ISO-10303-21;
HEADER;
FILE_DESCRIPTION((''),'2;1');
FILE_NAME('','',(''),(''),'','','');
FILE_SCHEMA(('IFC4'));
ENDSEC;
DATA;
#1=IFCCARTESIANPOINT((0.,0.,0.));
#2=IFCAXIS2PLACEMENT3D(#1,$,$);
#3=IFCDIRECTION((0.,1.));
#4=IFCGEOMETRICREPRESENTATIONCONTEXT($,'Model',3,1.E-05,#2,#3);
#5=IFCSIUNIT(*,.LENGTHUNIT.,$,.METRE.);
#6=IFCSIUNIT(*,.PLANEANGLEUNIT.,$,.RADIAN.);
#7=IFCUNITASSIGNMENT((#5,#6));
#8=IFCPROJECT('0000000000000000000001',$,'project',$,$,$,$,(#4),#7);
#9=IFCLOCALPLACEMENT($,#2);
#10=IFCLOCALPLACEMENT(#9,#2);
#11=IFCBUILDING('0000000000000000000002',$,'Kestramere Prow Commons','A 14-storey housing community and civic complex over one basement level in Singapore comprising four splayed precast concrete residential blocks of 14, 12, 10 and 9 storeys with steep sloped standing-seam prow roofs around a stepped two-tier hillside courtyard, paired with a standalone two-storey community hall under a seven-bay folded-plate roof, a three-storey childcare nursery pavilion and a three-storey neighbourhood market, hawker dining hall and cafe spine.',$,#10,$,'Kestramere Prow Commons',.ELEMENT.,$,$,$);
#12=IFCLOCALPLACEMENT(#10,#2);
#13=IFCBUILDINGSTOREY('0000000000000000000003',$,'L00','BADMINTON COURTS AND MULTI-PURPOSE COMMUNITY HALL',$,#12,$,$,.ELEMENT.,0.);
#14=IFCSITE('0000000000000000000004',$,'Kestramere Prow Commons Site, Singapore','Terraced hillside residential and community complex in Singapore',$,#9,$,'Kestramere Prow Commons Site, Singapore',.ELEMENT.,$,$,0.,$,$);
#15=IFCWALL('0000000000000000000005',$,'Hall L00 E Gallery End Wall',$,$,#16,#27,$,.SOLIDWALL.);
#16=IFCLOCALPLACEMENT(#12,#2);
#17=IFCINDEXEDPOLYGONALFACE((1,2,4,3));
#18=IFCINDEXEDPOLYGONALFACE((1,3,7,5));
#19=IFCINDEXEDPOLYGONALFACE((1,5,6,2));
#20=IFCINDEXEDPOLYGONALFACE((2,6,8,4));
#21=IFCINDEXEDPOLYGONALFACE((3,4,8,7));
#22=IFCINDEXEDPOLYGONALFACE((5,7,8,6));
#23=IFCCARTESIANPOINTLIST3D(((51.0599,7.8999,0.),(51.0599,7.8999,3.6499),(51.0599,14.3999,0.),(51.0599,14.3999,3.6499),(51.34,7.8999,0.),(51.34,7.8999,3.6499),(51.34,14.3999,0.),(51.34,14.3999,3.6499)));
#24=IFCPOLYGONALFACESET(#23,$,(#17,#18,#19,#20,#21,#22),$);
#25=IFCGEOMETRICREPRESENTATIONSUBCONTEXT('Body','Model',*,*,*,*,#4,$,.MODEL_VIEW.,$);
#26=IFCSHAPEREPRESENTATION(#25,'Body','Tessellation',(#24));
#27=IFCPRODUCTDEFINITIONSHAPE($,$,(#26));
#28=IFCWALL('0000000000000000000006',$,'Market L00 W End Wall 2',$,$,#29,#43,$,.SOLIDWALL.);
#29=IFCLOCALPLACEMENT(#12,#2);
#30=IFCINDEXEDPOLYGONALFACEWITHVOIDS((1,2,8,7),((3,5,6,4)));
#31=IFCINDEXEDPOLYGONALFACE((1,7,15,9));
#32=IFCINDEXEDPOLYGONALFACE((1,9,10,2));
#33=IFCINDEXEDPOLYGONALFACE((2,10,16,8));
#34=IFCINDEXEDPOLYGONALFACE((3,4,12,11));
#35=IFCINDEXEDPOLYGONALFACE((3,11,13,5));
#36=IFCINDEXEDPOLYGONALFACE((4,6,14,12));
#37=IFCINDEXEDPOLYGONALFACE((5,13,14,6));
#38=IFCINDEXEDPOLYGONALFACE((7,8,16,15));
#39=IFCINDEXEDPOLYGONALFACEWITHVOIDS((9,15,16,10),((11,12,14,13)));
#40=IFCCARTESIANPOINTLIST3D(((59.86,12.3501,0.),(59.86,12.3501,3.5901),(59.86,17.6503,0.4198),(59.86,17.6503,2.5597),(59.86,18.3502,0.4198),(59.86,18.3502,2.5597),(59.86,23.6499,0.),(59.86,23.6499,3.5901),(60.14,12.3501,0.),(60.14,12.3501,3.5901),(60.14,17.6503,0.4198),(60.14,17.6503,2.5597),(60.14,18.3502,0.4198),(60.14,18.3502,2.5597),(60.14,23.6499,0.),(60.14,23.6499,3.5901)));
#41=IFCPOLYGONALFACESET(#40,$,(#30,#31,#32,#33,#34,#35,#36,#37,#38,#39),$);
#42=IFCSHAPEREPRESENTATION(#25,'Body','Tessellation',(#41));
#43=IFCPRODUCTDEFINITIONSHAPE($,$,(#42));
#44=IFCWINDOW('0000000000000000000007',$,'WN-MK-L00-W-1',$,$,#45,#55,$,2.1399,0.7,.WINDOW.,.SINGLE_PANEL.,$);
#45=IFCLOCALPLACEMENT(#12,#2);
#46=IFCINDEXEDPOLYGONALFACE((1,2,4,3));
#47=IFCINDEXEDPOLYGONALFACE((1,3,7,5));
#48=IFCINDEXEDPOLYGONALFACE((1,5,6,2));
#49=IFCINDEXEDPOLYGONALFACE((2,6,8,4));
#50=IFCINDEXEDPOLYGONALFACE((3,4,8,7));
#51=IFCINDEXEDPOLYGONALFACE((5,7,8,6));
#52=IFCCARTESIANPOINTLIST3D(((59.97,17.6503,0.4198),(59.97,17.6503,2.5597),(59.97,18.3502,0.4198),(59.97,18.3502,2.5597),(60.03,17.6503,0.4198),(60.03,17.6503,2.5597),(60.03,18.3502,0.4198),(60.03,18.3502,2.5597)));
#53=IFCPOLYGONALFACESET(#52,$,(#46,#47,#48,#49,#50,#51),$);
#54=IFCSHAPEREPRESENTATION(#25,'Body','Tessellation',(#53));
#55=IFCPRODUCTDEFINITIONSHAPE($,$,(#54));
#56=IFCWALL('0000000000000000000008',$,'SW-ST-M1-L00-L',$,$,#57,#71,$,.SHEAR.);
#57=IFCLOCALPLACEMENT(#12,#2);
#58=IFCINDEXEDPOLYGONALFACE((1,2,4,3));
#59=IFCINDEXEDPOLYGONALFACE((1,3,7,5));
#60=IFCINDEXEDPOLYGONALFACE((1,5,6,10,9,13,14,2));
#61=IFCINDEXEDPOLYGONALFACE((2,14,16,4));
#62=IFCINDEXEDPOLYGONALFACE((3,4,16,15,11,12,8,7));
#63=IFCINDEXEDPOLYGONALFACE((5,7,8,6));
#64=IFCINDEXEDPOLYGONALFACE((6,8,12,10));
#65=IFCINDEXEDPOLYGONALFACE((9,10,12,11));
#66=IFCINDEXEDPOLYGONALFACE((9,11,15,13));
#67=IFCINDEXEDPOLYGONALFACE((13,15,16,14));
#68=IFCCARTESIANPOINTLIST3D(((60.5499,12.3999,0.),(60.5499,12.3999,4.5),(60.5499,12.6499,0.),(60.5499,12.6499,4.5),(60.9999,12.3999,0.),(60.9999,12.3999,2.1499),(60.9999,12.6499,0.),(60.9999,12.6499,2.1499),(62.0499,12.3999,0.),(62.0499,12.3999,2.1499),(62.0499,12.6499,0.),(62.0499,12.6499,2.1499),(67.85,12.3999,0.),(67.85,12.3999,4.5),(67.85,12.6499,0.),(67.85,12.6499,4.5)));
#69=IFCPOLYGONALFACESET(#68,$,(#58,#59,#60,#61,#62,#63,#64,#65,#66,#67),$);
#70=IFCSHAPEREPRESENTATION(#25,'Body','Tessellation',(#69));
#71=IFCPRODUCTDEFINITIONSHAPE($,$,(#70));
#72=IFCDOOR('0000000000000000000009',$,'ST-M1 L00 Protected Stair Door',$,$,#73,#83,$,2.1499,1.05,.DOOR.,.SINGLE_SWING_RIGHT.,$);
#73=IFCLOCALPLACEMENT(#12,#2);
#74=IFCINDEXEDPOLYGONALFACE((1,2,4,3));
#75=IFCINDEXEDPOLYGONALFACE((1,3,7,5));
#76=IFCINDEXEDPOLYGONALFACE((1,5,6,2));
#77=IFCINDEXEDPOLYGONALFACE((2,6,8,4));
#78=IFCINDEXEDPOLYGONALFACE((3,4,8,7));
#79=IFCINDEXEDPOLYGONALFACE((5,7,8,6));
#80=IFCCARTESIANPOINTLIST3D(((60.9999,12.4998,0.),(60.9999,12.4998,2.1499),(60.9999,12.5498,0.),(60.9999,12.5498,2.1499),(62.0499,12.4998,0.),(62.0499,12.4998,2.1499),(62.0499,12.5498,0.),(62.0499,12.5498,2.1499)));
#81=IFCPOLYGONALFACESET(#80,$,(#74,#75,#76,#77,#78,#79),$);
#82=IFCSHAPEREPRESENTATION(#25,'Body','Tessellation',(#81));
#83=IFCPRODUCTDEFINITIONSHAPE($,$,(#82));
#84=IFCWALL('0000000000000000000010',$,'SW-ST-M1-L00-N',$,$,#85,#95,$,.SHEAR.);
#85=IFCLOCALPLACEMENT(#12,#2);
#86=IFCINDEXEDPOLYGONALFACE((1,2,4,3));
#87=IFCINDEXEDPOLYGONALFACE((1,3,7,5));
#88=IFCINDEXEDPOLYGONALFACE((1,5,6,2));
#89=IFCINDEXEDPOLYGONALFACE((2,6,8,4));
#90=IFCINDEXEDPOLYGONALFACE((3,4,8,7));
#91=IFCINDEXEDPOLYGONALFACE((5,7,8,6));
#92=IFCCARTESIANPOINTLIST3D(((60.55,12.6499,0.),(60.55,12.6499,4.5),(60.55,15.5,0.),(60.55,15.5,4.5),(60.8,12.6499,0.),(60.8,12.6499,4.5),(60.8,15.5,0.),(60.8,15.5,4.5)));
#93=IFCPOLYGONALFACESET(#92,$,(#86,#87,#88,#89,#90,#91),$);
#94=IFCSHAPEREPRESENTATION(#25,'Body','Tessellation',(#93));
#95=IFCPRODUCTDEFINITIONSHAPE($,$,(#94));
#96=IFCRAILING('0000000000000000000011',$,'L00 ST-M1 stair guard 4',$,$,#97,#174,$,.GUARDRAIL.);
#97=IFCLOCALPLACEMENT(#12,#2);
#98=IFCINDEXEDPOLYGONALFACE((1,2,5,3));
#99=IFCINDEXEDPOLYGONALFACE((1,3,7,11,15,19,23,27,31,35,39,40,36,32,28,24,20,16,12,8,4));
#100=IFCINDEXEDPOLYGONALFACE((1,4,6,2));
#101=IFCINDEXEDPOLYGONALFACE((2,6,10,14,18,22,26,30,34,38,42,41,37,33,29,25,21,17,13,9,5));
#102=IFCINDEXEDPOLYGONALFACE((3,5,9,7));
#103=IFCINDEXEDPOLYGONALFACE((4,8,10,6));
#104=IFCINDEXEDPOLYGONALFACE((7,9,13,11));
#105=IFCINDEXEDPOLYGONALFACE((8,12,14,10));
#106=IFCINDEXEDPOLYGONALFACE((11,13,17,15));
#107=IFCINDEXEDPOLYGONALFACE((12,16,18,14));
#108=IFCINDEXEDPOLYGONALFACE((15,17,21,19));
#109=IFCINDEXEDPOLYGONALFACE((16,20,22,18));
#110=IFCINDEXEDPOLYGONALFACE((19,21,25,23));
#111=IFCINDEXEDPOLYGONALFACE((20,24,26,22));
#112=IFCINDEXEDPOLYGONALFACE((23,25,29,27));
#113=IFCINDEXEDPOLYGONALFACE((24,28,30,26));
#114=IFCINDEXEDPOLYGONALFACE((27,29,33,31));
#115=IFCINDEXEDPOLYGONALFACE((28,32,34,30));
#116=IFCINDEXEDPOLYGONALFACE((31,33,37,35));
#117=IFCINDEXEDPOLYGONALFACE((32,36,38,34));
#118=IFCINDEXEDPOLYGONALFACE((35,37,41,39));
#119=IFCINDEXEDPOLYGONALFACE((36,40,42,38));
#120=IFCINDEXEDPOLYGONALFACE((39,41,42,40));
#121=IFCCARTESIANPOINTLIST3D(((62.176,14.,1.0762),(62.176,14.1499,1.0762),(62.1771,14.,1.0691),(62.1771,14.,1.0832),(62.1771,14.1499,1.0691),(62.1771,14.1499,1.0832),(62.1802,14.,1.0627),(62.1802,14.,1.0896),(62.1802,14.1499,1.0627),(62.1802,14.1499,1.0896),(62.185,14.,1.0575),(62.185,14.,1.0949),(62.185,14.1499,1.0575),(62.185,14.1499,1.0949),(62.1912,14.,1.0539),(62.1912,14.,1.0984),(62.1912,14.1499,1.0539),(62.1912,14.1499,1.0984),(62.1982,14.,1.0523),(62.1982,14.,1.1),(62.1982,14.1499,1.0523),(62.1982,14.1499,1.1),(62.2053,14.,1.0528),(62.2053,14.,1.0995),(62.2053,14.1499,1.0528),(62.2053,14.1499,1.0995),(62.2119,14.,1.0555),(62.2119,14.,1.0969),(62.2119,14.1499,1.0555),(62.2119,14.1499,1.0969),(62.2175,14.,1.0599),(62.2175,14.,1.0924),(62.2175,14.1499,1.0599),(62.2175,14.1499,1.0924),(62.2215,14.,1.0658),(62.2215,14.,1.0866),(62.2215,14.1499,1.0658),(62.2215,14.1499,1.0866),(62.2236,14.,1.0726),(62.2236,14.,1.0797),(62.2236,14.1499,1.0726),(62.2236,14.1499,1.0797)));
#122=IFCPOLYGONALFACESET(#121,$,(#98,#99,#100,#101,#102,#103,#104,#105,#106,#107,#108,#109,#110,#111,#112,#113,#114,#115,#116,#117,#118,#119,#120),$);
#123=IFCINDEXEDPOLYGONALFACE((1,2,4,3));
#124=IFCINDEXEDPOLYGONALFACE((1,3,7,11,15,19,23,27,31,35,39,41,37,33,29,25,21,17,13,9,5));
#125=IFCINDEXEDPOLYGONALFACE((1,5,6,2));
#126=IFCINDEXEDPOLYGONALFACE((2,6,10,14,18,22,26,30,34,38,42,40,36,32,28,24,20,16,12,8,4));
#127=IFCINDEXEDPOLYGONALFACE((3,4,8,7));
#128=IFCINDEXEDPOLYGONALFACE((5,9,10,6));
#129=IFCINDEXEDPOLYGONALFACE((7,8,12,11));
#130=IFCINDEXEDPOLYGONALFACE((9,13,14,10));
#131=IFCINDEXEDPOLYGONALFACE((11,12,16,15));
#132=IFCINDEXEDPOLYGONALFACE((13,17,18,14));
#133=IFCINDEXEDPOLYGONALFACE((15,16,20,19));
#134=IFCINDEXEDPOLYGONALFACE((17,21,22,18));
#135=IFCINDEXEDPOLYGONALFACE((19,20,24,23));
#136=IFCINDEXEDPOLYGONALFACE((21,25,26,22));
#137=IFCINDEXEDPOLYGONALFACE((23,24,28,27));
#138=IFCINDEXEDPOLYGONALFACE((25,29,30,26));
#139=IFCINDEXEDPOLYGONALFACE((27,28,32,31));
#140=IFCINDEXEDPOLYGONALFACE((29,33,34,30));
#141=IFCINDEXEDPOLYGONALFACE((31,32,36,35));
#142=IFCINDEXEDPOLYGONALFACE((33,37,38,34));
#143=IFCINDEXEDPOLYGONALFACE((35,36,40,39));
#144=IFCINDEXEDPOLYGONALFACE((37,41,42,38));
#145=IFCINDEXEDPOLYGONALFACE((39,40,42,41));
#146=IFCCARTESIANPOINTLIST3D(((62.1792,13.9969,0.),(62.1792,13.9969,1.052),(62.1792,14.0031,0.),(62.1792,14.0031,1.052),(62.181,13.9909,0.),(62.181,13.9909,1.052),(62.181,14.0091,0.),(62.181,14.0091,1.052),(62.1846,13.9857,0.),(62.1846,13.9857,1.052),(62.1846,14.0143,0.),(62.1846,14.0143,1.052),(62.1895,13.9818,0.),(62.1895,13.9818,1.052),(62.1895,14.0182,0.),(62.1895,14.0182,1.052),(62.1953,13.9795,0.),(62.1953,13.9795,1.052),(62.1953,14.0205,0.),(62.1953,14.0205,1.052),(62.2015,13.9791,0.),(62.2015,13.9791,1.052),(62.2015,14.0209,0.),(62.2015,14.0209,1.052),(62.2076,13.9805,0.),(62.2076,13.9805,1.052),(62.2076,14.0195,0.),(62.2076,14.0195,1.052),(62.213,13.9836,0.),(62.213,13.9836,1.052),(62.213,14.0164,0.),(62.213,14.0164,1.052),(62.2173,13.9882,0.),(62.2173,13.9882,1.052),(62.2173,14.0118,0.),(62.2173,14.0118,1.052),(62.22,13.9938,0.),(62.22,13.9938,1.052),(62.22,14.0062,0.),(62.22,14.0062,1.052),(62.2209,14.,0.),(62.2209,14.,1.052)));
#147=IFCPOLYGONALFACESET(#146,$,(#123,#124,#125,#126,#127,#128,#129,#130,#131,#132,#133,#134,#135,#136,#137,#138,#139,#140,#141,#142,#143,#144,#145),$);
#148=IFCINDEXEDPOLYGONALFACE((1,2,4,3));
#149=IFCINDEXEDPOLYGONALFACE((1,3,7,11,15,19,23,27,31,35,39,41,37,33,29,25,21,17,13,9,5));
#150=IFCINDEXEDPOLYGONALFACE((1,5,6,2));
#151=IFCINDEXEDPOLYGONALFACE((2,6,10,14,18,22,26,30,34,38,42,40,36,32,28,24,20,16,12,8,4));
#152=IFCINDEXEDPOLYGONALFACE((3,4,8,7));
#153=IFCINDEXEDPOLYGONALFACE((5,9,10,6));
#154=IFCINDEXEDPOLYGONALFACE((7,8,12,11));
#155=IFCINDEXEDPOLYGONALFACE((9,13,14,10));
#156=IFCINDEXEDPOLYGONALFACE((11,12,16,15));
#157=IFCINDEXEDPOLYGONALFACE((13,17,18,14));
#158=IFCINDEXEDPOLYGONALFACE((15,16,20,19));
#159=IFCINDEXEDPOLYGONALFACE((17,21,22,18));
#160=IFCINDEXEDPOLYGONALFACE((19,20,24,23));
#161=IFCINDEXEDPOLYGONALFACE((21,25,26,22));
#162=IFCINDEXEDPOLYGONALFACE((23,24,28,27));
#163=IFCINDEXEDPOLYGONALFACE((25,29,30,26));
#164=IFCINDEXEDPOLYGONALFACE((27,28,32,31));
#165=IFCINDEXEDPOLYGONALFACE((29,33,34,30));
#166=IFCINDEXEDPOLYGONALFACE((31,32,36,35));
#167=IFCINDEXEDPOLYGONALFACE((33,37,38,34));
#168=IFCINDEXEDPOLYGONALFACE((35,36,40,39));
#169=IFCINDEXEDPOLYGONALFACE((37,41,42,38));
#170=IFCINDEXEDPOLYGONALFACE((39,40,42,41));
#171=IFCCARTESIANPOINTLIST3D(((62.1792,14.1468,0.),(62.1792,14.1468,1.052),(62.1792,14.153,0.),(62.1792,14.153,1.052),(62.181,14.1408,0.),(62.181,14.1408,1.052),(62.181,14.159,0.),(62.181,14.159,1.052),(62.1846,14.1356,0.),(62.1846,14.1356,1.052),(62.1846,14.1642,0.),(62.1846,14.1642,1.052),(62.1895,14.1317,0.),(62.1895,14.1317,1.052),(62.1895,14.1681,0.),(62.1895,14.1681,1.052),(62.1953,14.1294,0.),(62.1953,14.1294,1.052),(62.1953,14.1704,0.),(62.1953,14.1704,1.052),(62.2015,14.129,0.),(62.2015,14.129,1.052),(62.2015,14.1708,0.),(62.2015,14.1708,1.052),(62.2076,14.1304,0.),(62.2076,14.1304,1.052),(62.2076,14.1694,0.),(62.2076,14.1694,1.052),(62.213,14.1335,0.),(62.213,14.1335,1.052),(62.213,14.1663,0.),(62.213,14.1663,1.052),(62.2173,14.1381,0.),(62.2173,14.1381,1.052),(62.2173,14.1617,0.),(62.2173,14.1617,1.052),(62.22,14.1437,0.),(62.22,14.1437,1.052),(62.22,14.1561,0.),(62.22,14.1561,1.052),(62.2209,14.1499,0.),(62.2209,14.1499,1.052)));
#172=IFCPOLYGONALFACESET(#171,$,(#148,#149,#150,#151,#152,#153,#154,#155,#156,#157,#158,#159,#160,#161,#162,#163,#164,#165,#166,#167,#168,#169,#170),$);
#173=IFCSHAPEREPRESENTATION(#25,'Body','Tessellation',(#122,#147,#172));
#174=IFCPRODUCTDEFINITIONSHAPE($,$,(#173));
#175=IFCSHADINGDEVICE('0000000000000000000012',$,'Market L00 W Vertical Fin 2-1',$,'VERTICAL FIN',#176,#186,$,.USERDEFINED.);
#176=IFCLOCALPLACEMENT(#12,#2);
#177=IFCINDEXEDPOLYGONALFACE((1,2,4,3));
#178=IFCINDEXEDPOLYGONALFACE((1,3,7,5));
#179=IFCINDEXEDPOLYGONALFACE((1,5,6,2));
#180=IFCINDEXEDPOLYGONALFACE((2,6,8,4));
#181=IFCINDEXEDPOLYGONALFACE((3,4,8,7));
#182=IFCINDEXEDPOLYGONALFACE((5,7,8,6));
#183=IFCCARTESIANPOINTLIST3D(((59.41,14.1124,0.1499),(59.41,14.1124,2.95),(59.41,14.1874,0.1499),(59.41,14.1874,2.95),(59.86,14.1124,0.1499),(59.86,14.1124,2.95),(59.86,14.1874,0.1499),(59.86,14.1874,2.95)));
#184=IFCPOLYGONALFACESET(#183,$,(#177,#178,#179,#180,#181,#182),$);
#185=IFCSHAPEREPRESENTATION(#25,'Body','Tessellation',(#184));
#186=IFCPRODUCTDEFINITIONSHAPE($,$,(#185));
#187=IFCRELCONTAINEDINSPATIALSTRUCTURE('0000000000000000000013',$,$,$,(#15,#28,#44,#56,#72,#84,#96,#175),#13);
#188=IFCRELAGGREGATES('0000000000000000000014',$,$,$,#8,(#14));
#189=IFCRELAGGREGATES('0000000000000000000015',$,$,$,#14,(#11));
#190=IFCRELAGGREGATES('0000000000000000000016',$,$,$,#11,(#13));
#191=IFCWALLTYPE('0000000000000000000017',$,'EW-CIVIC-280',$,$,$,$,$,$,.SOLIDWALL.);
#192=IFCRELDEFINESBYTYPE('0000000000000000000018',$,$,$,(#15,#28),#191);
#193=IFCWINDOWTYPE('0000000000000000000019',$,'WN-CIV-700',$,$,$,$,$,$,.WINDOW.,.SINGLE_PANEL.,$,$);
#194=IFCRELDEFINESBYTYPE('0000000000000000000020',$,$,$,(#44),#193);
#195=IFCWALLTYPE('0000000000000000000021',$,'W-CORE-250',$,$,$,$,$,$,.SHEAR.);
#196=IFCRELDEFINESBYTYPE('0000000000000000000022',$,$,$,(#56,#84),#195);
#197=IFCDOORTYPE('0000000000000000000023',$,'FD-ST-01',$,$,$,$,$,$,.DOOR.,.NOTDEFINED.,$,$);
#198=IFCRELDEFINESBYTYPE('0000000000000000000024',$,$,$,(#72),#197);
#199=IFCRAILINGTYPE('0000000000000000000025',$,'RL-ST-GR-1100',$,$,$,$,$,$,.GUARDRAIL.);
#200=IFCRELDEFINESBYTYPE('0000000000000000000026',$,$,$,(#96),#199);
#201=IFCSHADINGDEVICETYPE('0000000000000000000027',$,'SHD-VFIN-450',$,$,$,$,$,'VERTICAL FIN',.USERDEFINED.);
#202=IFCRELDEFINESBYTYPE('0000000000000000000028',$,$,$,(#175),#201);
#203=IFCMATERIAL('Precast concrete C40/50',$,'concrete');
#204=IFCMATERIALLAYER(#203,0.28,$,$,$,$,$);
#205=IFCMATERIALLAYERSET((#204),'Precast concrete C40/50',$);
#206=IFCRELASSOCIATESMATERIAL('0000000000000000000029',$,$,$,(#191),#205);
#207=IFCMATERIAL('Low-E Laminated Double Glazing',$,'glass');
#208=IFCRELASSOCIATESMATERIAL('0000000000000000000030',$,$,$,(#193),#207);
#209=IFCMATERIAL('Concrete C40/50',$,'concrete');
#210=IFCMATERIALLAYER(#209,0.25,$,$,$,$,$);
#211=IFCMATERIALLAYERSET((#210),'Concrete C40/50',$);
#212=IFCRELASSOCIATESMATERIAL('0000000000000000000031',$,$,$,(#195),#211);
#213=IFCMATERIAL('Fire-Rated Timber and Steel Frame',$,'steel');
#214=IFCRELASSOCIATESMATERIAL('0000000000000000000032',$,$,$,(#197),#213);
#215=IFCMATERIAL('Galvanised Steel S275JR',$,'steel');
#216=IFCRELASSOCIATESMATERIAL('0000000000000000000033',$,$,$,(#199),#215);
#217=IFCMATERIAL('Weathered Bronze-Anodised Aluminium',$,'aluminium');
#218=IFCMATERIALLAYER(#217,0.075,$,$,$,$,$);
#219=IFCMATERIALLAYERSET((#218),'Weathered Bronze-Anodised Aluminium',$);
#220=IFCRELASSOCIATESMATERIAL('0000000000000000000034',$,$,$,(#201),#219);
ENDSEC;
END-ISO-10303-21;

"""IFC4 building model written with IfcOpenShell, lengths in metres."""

from ifc_helpers import new_model, si_unit, direction, frame, frame_2d, origin, origin_2d, place, context, subcontext, project, spatial, rectangle, circle, extrude, material, layer, layer_set, type_object, element, fill, save


model = new_model("IFC4")

# Units and contexts
model_context = context("Model", 3, precision=1e-05, world=origin(), true_north=direction((0.0, 1.0)))
body_context = subcontext(model_context, "Body", "Model", "MODEL_VIEW")
ifc_project = project(units=[si_unit("LENGTHUNIT", "METRE"), si_unit("PLANEANGLEUNIT", "RADIAN")], contexts=[model_context])

# Site, building, storey
site_placement = place(None, origin())
site = spatial("IfcSite", under=ifc_project, at=site_placement, Name="Kestramere Prow Commons Site, Singapore", Description="Terraced hillside residential and community complex in Singapore", LongName="Kestramere Prow Commons Site, Singapore", CompositionType="ELEMENT", RefElevation=0.0)
building_placement = place(site_placement, origin())
building = spatial("IfcBuilding", under=site, at=building_placement, Name="Kestramere Prow Commons", Description="A 14-storey housing community and civic complex over one basement level in Singapore comprising four splayed precast concrete residential blocks of 14, 12, 10 and 9 storeys with steep sloped standing-seam prow roofs around a stepped two-tier hillside courtyard, paired with a standalone two-storey community hall under a seven-bay folded-plate roof, a three-storey childcare nursery pavilion and a three-storey neighbourhood market, hawker dining hall and cafe spine.", LongName="Kestramere Prow Commons", CompositionType="ELEMENT")
storey_placement = place(building_placement, origin())
storey = spatial("IfcBuildingStorey", under=building, at=storey_placement, Name="L00", Description="BADMINTON COURTS AND MULTI-PURPOSE COMMUNITY HALL", CompositionType="ELEMENT", Elevation=0.0)

# Shared definitions
ifc_material_1 = material(Name="Precast concrete C40/50", Category="concrete")

# Wall
ifc_layer_1 = layer(ifc_material_1, 0.28)
ifc_layer_set_1 = layer_set([ifc_layer_1], Name="Precast concrete C40/50")
wall_type_1 = type_object("IfcWallType", Name="EW-CIVIC-280", PredefinedType="SOLIDWALL", material=ifc_layer_set_1)
wall_1_placement = place(storey_placement, frame((51.2, 14.3999, 0.0), z_axis=(0.0, 0.0, 1.0), x_axis=(0.0, -1.0, 0.0)))
element("IfcWall", 1, at=wall_1_placement, inside=storey, type_object=wall_type_1, Name="Hall L00 E Gallery End Wall", PredefinedType="SOLIDWALL", context=body_context, shape_type="SweptSolid", body=[
    extrude(rectangle(XDim=6.5, YDim=0.28, at=frame_2d((3.25, 0.0))), origin(), (0.0, 0.0, 1.0), 3.6499),
])

# Wall, opening, window
wall_2_placement = place(storey_placement, frame((60.0, 12.3501, 0.0), z_axis=(0.0, 0.0, 1.0), x_axis=(0.0, 1.0, 0.0)))
wall_2 = element("IfcWall", 2, at=wall_2_placement, inside=storey, type_object=wall_type_1, Name="Market L00 W End Wall 2", PredefinedType="SOLIDWALL", context=body_context, shape_type="SweptSolid", body=[
    extrude(rectangle(XDim=11.2998, YDim=0.28, at=frame_2d((5.6499, 0.0))), origin(), (0.0, 0.0, 1.0), 3.5901),
])
opening_1_placement = place(wall_2_placement, frame((5.3, 0.0, 0.4199)))
opening_1 = element("IfcOpeningElement", 3, at=opening_1_placement, cuts=wall_2, PredefinedType="OPENING", context=body_context, shape_type="SweptSolid", body=[
    extrude(rectangle(XDim=0.7, YDim=2.1399, at=frame_2d((0.3501, 1.0698))), frame((0.0, 0.155, 0.0), z_axis=(0.0, -1.0, 0.0), x_axis=(1.0, 0.0, 0.0)), (0.0, 0.0, 1.0), 0.3101),
])
ifc_material_2 = material(Name="Low-E Laminated Double Glazing", Category="glass")
window_type = type_object("IfcWindowType", Name="WN-CIV-700", PartitioningType="SINGLE_PANEL", PredefinedType="WINDOW", material=ifc_material_2)
window_placement = place(opening_1_placement, origin())
window = element("IfcWindow", 4, at=window_placement, inside=storey, type_object=window_type, Name="WN-MK-L00-W-1", OverallHeight=2.1399, OverallWidth=0.7, PartitioningType="SINGLE_PANEL", PredefinedType="WINDOW", context=body_context, shape_type="SweptSolid", body=[
    extrude(rectangle(XDim=0.7, YDim=2.1399, at=frame_2d((0.3501, 1.0698))), frame((0.0, 0.03, 0.0), z_axis=(0.0, -1.0, 0.0), x_axis=(1.0, 0.0, 0.0)), (0.0, 0.0, 1.0), 0.0601),
])
fill(opening_1, window)

# Wall, opening, door
ifc_material_3 = material(Name="Concrete C40/50", Category="concrete")
ifc_layer_2 = layer(ifc_material_3, 0.25)
ifc_layer_set_2 = layer_set([ifc_layer_2], Name="Concrete C40/50")
wall_type_2 = type_object("IfcWallType", Name="W-CORE-250", PredefinedType="SHEAR", material=ifc_layer_set_2)
wall_3_placement = place(storey_placement, frame((60.55, 12.5249, 0.0), z_axis=(0.0, 0.0, 1.0), x_axis=(1.0, 0.0, 0.0)))
wall_3 = element("IfcWall", 5, at=wall_3_placement, inside=storey, type_object=wall_type_2, Name="SW-ST-M1-L00-L", PredefinedType="SHEAR", context=body_context, shape_type="SweptSolid", body=[
    extrude(rectangle(XDim=7.3, YDim=0.25, at=frame_2d((3.6499, 0.0))), origin(), (0.0, 0.0, 1.0), 4.5),
])
opening_2_placement = place(wall_3_placement, frame((0.45, 0.0, 0.0)))
opening_2 = element("IfcOpeningElement", 6, at=opening_2_placement, cuts=wall_3, PredefinedType="OPENING", context=body_context, shape_type="SweptSolid", body=[
    extrude(rectangle(XDim=1.05, YDim=2.1499, at=frame_2d((0.5249, 1.075))), frame((0.0, 0.1399, 0.0), z_axis=(0.0, -1.0, 0.0), x_axis=(1.0, 0.0, 0.0)), (0.0, 0.0, 1.0), 0.28),
])
ifc_material_4 = material(Name="Fire-Rated Timber and Steel Frame", Category="steel")
door_type = type_object("IfcDoorType", Name="FD-ST-01", OperationType="NOTDEFINED", PredefinedType="DOOR", material=ifc_material_4)
door_placement = place(opening_2_placement, origin())
door = element("IfcDoor", 7, at=door_placement, inside=storey, type_object=door_type, Name="ST-M1 L00 Protected Stair Door", OperationType="SINGLE_SWING_RIGHT", OverallHeight=2.1499, OverallWidth=1.05, PredefinedType="DOOR", context=body_context, shape_type="SweptSolid", body=[
    extrude(rectangle(XDim=1.05, YDim=2.1499, at=frame_2d((0.5249, 1.075))), frame((0.0, 0.0249, 0.0), z_axis=(0.0, -1.0, 0.0), x_axis=(1.0, 0.0, 0.0)), (0.0, 0.0, 1.0), 0.05),
])
fill(opening_2, door)

# Wall
wall_4_placement = place(storey_placement, frame((60.675, 12.6499, 0.0), z_axis=(0.0, 0.0, 1.0), x_axis=(0.0, 1.0, 0.0)))
element("IfcWall", 8, at=wall_4_placement, inside=storey, type_object=wall_type_2, Name="SW-ST-M1-L00-N", PredefinedType="SHEAR", context=body_context, shape_type="SweptSolid", body=[
    extrude(rectangle(XDim=2.8501, YDim=0.25, at=frame_2d((1.425, 0.0))), origin(), (0.0, 0.0, 1.0), 4.5),
])

# Railing
ifc_material_5 = material(Name="Galvanised Steel S275JR", Category="steel")
railing_type = type_object("IfcRailingType", Name="RL-ST-GR-1100", PredefinedType="GUARDRAIL", material=ifc_material_5)
railing_placement = place(storey_placement, frame((62.2, 14.0, 0.0)))
element("IfcRailing", 9, at=railing_placement, inside=storey, type_object=railing_type, Name="L00 ST-M1 stair guard 4", PredefinedType="GUARDRAIL", context=body_context, shape_type="SweptSolid", body=[
    extrude(circle(Radius=0.0239, at=origin_2d()), frame((0.0, 0.0, 1.0762), z_axis=(0.0, 1.0, 0.0), x_axis=(-1.0, 0.0, 0.0)), (0.0, 0.0, 1.0), 0.1499),
    extrude(circle(Radius=0.021, at=origin_2d()), origin(), (0.0, 0.0, 1.0), 1.052),
    extrude(circle(Radius=0.021, at=origin_2d()), frame((0.0, 0.1499, 0.0)), (0.0, 0.0, 1.0), 1.052),
])

# Shading device
ifc_material_6 = material(Name="Weathered Bronze-Anodised Aluminium", Category="aluminium")
ifc_layer_3 = layer(ifc_material_6, 0.075)
ifc_layer_set_3 = layer_set([ifc_layer_3], Name="Weathered Bronze-Anodised Aluminium")
shading_device_type = type_object("IfcShadingDeviceType", Name="SHD-VFIN-450", ElementType="VERTICAL FIN", PredefinedType="USERDEFINED", material=ifc_layer_set_3)
shading_device_placement = place(storey_placement, frame((59.635, 14.1499, 0.1499), z_axis=(0.0, 0.0, 1.0), x_axis=(1.0, 0.0, 0.0)))
element("IfcShadingDevice", 10, at=shading_device_placement, inside=storey, type_object=shading_device_type, Name="Market L00 W Vertical Fin 2-1", ObjectType="VERTICAL FIN", PredefinedType="USERDEFINED", context=body_context, shape_type="SweptSolid", body=[
    extrude(rectangle(XDim=0.45, YDim=0.075, at=origin_2d()), origin(), (0.0, 0.0, 1.0), 2.8),
])

save(model, "model.ifc")
